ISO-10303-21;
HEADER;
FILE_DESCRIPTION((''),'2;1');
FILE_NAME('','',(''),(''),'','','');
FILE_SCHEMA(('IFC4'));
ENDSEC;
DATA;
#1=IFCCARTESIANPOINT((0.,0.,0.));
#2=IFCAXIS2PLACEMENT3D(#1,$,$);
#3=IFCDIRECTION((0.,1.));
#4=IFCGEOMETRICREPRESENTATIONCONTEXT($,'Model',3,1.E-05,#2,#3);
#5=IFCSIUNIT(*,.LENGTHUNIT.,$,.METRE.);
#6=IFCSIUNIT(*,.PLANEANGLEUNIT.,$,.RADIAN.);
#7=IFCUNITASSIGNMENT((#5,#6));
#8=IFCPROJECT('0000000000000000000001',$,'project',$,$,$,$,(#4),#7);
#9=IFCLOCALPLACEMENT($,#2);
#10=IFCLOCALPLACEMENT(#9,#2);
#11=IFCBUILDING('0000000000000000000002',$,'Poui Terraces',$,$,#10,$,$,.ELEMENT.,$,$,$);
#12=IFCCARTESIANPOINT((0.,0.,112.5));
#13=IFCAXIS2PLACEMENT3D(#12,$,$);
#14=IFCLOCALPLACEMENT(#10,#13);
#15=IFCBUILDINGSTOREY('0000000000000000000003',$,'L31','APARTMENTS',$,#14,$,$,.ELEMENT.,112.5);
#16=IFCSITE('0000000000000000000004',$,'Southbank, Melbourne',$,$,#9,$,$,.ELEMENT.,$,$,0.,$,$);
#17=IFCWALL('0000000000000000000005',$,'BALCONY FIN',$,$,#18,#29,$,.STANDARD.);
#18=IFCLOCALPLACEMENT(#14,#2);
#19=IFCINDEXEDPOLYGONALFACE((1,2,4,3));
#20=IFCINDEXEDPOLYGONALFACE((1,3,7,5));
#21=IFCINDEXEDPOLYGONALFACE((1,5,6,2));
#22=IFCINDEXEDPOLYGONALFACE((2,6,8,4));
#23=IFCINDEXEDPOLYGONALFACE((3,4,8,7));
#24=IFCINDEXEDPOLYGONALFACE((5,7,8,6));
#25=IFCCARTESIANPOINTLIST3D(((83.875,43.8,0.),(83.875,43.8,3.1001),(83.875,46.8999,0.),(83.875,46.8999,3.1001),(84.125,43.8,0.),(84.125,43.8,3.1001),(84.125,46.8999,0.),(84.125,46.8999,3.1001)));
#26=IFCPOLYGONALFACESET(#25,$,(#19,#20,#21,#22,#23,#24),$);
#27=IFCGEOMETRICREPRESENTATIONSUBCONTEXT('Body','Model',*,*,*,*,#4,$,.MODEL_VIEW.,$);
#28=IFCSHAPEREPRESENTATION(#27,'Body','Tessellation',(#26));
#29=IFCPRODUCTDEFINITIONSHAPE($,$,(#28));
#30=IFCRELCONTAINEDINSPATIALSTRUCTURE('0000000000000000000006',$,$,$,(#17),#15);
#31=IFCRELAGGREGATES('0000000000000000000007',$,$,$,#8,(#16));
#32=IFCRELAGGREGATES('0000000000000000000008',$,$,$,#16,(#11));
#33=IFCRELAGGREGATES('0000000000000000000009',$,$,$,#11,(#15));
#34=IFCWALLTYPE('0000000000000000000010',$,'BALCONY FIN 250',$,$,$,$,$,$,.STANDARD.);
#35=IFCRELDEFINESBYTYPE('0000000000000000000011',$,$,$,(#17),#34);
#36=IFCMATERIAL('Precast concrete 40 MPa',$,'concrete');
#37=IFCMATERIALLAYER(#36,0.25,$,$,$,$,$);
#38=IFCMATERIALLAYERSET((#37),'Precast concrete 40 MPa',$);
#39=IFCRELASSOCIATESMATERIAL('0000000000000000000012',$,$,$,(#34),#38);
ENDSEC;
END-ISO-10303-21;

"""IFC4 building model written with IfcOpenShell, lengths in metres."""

from ifc_helpers import new_model, si_unit, direction, frame, origin, place, context, subcontext, project, spatial, polyline, outline, extrude, source, transform, mapped, material, layer, layer_set, type_object, element, save


model = new_model("IFC4")

# Units and contexts
model_context = context("Model", 3, precision=1e-05, world=origin(), true_north=direction((0.0, 1.0)))
body_context = subcontext(model_context, "Body", "Model", "MODEL_VIEW")
ifc_project = project(units=[si_unit("LENGTHUNIT", "METRE"), si_unit("PLANEANGLEUNIT", "RADIAN")], contexts=[model_context])

# Site, building, storey
site_placement = place(None, origin())
site = spatial("IfcSite", under=ifc_project, at=site_placement, Name="Southbank, Melbourne", CompositionType="ELEMENT", RefElevation=0.0)
building_placement = place(site_placement, origin())
building = spatial("IfcBuilding", under=site, at=building_placement, Name="Poui Terraces", CompositionType="ELEMENT")
storey_placement = place(building_placement, frame((0.0, 0.0, 112.5)))
storey = spatial("IfcBuildingStorey", under=building, at=storey_placement, Name="L31", Description="APARTMENTS", CompositionType="ELEMENT", Elevation=112.5)

# Wall
ifc_material_1 = material(Name="Precast concrete 40 MPa", Category="concrete")
ifc_layer_1 = layer(ifc_material_1, 0.25)
ifc_layer_set_1 = layer_set([ifc_layer_1], Name="Precast concrete 40 MPa")
wall_type_1 = type_object("IfcWallType", Name="BALCONY FIN 250", PredefinedType="STANDARD", material=ifc_layer_set_1)
shared_shape_1 = source(origin(), body_context, "Body", "SweptSolid", [
    extrude(outline(polyline([(0.0, 0.0), (0.25, 0.0), (0.25, 3.0999), (0.0, 3.0999), (0.0, 0.0)])), origin(), (0.0, 0.0, 1.0), 3.1001),
])
for number, where, name in (
    (1, (83.875, 43.8, 0.0), "BALCONY FIN"),
):
    element("IfcWall", number, at=place(storey_placement, frame(where)), inside=storey, type_object=wall_type_1, Name=name, PredefinedType="STANDARD", context=body_context, shape_type="MappedRepresentation", body=[
        mapped(shared_shape_1, transform((0.0, 0.0, 0.0))),
    ])

save(model, "model.ifc")
